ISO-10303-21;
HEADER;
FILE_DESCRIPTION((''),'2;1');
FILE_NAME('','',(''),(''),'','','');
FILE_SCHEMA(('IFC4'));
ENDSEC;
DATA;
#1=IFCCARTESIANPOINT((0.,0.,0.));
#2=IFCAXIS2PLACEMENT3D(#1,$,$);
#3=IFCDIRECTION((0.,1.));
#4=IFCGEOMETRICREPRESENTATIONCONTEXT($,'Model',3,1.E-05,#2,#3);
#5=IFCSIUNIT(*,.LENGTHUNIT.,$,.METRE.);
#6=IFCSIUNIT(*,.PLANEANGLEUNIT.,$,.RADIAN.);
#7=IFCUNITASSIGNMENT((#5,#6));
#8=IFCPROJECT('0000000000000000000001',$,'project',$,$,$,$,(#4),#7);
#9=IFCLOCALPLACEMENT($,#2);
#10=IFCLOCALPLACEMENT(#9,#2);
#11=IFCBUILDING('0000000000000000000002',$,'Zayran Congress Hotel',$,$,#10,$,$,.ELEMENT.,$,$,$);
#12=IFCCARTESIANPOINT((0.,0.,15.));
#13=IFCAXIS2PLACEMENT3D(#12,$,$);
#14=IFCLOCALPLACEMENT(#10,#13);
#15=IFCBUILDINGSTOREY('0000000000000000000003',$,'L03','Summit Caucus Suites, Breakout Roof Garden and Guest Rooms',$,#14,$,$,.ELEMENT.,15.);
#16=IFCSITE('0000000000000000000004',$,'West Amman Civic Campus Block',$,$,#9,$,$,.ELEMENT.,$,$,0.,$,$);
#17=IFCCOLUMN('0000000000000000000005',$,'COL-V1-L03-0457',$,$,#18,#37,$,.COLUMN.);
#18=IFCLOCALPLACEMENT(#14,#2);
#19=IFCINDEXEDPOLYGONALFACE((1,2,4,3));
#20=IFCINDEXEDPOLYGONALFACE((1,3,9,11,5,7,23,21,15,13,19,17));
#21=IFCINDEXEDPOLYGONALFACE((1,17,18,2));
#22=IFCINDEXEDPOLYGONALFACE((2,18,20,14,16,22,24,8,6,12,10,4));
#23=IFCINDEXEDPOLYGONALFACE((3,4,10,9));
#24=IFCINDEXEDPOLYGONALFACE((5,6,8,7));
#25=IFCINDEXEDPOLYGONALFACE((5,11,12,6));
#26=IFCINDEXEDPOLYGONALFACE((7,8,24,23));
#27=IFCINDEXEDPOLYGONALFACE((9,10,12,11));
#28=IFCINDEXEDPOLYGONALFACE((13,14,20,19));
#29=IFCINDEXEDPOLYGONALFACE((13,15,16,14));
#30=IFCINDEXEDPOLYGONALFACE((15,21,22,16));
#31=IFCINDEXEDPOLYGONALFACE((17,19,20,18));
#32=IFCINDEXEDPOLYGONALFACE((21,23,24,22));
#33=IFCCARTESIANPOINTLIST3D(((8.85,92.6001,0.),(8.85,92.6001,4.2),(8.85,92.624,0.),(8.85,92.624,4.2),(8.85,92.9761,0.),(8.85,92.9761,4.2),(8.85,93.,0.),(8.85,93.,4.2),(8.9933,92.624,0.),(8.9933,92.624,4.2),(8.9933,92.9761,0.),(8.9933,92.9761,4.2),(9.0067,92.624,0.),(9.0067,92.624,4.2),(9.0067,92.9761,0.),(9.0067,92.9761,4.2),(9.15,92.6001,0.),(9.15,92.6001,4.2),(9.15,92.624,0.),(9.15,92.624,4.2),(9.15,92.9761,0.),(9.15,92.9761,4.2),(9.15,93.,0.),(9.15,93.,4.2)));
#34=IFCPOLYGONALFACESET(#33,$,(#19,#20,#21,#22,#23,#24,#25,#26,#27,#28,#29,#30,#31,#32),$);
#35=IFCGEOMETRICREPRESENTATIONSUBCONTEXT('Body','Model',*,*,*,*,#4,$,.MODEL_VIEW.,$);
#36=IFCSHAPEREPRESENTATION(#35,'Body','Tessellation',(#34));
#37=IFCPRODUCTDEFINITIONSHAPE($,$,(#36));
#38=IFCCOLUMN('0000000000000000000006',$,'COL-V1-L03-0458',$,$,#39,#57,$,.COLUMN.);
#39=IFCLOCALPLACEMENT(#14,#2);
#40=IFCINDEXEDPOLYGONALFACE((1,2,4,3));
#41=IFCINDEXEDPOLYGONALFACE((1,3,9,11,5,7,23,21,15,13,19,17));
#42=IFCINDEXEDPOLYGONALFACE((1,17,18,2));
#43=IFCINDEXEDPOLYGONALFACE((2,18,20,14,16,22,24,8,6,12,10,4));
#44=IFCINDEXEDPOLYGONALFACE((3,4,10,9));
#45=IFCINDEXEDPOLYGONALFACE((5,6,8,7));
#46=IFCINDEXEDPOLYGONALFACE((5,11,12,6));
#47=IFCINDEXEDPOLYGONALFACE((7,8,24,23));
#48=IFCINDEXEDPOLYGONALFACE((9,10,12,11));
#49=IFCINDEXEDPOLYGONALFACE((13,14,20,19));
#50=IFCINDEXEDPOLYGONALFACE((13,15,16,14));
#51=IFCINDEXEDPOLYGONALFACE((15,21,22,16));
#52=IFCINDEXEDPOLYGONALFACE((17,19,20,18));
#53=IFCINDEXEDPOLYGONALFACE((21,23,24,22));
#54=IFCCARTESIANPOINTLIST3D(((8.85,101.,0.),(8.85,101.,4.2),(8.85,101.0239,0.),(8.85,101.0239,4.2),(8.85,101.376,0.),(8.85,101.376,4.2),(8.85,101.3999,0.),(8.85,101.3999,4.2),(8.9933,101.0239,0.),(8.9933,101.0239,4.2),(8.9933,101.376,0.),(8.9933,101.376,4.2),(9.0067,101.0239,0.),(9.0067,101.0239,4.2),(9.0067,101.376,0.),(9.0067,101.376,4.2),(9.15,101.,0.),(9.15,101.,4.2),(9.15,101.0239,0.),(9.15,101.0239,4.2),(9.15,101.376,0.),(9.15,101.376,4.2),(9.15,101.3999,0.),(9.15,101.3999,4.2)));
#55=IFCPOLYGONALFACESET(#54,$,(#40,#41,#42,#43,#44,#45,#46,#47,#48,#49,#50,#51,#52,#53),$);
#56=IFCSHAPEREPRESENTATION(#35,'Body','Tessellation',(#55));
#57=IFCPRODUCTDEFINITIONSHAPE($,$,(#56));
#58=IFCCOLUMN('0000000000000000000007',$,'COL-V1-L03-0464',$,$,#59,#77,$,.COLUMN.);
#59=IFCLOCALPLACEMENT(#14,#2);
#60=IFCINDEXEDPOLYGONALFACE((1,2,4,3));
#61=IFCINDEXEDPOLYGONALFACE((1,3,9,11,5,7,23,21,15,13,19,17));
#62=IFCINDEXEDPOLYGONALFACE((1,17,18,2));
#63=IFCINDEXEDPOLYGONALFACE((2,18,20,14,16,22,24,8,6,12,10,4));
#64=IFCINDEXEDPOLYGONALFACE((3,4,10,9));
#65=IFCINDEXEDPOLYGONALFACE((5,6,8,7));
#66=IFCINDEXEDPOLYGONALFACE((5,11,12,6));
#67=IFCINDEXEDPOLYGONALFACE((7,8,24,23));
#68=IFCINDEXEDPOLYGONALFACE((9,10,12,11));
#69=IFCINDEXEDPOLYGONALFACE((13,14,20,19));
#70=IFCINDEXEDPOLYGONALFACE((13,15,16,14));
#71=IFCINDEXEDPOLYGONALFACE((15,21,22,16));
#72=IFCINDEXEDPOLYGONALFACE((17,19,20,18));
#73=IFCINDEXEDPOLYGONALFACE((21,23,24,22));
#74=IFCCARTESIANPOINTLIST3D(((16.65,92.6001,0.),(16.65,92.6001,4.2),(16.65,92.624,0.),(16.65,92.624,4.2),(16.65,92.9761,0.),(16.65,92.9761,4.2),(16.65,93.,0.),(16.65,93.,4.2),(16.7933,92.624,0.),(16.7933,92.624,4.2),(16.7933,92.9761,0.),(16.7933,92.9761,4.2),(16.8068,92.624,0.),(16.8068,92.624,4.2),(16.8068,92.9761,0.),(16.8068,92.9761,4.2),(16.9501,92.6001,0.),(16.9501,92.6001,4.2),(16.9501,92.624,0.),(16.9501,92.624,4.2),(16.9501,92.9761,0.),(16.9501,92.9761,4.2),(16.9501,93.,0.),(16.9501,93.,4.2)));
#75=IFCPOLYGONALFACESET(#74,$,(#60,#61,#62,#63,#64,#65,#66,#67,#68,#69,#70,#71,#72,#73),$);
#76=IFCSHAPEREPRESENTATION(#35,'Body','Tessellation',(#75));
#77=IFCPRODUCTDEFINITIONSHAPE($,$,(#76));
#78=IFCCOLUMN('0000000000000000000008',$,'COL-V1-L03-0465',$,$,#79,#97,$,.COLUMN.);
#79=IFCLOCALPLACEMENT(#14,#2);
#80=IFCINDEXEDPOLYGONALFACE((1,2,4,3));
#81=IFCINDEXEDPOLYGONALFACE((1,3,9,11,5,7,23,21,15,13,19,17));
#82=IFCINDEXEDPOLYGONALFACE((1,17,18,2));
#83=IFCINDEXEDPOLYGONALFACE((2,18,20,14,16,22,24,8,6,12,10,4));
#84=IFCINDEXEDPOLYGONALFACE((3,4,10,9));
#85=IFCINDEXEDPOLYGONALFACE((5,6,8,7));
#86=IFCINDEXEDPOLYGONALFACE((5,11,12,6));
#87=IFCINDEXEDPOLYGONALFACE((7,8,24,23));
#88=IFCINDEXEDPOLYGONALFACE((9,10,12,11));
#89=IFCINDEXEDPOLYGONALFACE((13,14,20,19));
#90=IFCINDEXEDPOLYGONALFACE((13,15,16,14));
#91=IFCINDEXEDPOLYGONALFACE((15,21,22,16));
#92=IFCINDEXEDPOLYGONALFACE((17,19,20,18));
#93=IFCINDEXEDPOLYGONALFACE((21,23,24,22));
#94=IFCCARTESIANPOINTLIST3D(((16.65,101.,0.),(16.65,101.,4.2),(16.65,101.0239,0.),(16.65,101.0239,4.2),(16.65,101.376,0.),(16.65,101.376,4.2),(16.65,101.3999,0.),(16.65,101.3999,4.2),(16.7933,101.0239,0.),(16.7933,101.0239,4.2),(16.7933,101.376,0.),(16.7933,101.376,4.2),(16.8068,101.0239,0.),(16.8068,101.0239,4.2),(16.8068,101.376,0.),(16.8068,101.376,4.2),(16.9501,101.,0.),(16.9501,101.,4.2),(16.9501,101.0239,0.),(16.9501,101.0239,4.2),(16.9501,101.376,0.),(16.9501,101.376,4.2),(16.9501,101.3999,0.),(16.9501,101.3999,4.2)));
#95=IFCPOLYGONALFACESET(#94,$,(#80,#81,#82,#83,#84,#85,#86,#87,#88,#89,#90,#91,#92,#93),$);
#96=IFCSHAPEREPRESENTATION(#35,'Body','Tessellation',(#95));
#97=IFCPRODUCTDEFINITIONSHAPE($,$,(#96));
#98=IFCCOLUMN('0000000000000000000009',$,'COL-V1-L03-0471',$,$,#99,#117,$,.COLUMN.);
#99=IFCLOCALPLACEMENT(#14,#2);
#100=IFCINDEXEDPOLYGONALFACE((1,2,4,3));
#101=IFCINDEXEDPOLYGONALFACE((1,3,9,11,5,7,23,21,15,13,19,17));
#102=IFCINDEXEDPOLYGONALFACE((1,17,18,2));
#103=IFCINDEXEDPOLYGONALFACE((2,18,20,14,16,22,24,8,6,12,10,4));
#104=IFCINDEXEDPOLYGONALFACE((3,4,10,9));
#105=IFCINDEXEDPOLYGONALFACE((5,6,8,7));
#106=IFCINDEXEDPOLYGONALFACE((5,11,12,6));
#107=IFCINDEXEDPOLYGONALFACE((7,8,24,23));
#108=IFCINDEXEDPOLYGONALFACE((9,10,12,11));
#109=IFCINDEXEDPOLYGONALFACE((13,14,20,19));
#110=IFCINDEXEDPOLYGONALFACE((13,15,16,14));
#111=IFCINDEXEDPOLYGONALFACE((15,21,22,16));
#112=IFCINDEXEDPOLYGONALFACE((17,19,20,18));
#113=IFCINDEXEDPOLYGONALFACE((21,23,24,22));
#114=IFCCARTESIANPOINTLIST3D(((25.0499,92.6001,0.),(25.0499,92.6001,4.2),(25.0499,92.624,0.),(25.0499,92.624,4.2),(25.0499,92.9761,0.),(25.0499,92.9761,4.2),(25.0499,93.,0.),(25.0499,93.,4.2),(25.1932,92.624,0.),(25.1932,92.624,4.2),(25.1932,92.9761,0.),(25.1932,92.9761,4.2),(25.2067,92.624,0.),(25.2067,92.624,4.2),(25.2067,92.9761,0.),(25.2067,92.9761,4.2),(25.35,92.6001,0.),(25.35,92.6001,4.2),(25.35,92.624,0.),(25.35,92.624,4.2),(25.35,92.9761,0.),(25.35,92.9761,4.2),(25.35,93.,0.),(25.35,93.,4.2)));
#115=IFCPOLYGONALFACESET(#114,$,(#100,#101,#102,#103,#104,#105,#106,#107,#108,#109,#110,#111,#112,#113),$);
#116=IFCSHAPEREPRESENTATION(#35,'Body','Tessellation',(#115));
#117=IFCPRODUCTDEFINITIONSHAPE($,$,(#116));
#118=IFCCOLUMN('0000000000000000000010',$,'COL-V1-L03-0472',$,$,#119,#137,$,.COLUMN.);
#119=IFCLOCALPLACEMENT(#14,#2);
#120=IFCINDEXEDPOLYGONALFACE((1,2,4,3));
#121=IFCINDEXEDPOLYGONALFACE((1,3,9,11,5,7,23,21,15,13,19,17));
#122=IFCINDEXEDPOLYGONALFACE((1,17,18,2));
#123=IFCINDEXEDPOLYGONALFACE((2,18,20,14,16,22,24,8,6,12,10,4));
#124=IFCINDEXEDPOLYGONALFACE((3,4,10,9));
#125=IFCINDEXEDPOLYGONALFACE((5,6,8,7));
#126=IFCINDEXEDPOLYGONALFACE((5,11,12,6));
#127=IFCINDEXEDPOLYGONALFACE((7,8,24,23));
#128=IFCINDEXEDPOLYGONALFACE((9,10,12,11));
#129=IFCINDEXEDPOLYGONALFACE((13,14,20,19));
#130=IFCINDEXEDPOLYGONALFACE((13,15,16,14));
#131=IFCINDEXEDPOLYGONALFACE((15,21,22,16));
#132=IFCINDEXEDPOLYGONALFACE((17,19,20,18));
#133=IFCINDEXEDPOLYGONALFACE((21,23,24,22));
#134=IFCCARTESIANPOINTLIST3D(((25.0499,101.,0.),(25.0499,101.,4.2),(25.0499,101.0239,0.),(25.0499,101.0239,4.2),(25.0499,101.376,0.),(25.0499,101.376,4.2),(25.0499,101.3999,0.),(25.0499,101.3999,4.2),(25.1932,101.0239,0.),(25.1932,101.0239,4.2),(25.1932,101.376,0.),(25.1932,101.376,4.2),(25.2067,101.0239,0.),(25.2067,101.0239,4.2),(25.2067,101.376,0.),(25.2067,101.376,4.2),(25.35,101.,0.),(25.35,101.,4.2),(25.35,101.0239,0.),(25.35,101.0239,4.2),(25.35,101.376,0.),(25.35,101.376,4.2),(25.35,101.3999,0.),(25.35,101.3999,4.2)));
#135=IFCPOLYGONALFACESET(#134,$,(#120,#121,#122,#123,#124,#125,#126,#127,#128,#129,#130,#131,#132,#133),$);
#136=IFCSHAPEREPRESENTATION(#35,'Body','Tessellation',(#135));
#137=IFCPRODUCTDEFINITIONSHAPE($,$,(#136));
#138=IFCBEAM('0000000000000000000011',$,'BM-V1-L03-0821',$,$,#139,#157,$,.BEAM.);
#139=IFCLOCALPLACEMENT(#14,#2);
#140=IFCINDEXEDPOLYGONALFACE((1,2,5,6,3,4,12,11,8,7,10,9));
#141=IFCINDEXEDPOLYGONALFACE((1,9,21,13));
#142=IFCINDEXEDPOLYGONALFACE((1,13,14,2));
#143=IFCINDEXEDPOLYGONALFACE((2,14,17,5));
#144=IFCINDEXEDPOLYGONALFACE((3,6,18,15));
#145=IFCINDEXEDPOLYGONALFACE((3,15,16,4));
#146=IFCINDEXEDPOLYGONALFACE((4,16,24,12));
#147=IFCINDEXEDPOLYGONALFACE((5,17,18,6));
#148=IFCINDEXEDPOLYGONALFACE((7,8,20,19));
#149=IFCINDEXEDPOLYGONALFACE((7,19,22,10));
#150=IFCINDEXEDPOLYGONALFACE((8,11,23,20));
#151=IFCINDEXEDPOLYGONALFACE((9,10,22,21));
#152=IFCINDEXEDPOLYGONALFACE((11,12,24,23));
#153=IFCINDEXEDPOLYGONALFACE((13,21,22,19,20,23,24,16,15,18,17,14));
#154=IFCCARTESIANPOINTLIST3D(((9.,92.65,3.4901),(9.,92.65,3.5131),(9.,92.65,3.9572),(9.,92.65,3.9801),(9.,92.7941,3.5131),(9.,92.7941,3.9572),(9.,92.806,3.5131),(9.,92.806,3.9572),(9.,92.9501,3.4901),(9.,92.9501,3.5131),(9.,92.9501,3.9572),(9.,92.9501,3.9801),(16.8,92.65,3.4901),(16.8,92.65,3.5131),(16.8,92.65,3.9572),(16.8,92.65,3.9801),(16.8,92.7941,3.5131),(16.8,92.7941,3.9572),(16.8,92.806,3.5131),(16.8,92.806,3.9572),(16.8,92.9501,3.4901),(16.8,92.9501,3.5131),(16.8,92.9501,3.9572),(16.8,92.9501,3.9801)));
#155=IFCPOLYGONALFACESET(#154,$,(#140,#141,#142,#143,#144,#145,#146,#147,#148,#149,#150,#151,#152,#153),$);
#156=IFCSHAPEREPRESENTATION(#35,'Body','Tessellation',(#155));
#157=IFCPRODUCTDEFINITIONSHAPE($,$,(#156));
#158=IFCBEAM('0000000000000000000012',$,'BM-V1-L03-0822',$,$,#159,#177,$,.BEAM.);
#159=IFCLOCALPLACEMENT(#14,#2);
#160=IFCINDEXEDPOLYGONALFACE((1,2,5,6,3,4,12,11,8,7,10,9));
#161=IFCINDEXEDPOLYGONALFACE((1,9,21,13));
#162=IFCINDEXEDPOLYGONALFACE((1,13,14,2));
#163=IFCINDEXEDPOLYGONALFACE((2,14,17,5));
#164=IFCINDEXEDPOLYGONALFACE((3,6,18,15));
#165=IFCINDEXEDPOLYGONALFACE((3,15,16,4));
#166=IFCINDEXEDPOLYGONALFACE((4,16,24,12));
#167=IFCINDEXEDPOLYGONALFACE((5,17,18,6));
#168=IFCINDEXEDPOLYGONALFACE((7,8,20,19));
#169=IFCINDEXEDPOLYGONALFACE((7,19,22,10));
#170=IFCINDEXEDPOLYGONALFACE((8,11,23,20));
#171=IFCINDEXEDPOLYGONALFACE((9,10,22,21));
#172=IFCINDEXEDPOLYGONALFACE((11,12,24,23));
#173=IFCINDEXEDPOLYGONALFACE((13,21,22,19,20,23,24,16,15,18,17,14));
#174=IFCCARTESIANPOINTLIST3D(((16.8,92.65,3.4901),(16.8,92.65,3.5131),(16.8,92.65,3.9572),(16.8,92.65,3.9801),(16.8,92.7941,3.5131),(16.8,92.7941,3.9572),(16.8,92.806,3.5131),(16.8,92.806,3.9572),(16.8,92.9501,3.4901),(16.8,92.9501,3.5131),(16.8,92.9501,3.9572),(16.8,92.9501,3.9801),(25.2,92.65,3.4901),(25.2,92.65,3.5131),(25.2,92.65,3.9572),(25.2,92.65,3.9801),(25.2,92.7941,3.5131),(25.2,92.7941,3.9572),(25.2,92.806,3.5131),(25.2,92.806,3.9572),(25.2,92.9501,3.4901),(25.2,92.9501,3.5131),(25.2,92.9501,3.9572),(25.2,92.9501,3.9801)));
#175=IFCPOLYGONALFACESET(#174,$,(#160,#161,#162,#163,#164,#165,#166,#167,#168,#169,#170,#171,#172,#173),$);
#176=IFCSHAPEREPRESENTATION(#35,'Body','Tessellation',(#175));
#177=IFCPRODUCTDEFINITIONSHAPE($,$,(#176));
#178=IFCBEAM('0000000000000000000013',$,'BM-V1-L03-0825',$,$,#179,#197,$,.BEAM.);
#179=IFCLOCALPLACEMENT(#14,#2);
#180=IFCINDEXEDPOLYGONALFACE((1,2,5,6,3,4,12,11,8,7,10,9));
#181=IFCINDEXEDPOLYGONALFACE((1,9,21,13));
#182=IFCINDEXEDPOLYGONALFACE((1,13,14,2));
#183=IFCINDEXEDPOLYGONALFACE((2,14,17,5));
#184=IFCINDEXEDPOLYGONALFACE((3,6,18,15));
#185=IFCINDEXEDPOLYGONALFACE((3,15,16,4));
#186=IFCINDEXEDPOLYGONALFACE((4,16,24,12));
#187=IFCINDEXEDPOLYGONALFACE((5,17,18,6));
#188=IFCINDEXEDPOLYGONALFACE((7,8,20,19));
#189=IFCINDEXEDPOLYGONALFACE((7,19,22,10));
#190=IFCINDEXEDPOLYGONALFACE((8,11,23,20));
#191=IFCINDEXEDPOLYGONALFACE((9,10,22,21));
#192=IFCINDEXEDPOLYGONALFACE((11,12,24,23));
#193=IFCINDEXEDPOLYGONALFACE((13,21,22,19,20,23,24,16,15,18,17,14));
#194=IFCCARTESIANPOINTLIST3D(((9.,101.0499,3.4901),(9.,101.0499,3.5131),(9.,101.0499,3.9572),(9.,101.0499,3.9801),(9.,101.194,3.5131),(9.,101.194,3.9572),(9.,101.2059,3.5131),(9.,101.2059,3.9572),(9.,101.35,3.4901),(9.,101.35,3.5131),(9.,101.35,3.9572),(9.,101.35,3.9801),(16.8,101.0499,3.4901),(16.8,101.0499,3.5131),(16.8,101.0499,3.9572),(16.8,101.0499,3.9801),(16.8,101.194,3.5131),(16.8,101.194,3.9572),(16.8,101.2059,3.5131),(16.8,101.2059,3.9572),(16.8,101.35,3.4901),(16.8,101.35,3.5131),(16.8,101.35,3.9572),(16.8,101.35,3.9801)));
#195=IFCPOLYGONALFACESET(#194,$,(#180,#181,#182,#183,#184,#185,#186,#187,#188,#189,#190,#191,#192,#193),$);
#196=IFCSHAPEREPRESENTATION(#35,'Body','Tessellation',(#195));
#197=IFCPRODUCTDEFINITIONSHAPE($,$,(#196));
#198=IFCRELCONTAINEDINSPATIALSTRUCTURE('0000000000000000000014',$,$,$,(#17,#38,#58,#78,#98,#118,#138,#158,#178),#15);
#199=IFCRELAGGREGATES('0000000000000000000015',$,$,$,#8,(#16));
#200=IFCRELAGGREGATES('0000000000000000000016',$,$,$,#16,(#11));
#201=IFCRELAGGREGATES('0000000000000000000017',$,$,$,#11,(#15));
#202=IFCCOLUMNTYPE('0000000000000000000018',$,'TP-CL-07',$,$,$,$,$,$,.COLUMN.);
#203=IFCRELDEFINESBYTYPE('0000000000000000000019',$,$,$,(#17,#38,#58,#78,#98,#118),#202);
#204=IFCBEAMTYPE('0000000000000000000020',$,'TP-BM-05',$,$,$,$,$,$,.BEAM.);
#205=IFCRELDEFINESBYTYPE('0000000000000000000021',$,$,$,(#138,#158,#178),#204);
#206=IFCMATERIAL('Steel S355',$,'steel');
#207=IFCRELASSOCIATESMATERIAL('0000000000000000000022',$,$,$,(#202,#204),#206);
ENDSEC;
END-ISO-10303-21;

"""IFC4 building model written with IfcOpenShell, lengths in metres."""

from ifc_helpers import new_model, si_unit, direction, frame, origin, origin_2d, place, context, subcontext, project, spatial, i_section, extrude, material, material_profile, profile_set, type_object, element, save


model = new_model("IFC4")

# Units and contexts
model_context = context("Model", 3, precision=1e-05, world=origin(), true_north=direction((0.0, 1.0)))
body_context = subcontext(model_context, "Body", "Model", "MODEL_VIEW")
ifc_project = project(units=[si_unit("LENGTHUNIT", "METRE"), si_unit("PLANEANGLEUNIT", "RADIAN")], contexts=[model_context])

# Site, building, storey
site_placement = place(None, origin())
site = spatial("IfcSite", under=ifc_project, at=site_placement, Name="West Amman Civic Campus Block", CompositionType="ELEMENT", RefElevation=0.0)
building_placement = place(site_placement, origin())
building = spatial("IfcBuilding", under=site, at=building_placement, Name="Zayran Congress Hotel", CompositionType="ELEMENT")
storey_placement = place(building_placement, frame((0.0, 0.0, 15.0)))
storey = spatial("IfcBuildingStorey", under=building, at=storey_placement, Name="L03", Description="Summit Caucus Suites, Breakout Roof Garden and Guest Rooms", CompositionType="ELEMENT", Elevation=15.0)

# Columns
ifc_material_1 = material(Name="Steel S355", Category="steel")
ifc_material_profile_1 = material_profile(ifc_material_1, i_section(OverallWidth=0.3, OverallDepth=0.3999, WebThickness=0.0134, FlangeThickness=0.0239, at=origin_2d()), Name="HEB 400")
ifc_profile_set_1 = profile_set([ifc_material_profile_1], Name="Steel S355")
column_type = type_object("IfcColumnType", Name="TP-CL-07", PredefinedType="COLUMN", material=ifc_profile_set_1)
for number, where, z_axis, x_axis, name in (
    (1, (9.0, 92.8, 0.0), (0.0, 0.0, 1.0), (1.0, 0.0, 0.0), "COL-V1-L03-0457"),
    (2, (9.0, 101.2, 0.0), (0.0, 0.0, 1.0), (1.0, 0.0, 0.0), "COL-V1-L03-0458"),
    (3, (16.8, 92.8, 0.0), (0.0, 0.0, 1.0), (1.0, 0.0, 0.0), "COL-V1-L03-0464"),
    (4, (16.8, 101.2, 0.0), (0.0, 0.0, 1.0), (1.0, 0.0, 0.0), "COL-V1-L03-0465"),
    (5, (25.2, 92.8, 0.0), (0.0, 0.0, 1.0), (1.0, 0.0, 0.0), "COL-V1-L03-0471"),
    (6, (25.2, 101.2, 0.0), (0.0, 0.0, 1.0), (1.0, 0.0, 0.0), "COL-V1-L03-0472"),
):
    element("IfcColumn", number, at=place(storey_placement, frame(where, z_axis=z_axis, x_axis=x_axis)), inside=storey, type_object=column_type, Name=name, PredefinedType="COLUMN", context=body_context, shape_type="SweptSolid", body=[
        extrude(i_section(OverallWidth=0.3, OverallDepth=0.3999, WebThickness=0.0134, FlangeThickness=0.0239, at=origin_2d()), origin(), (0.0, 0.0, 1.0), 4.2),
    ])

# Beams
ifc_material_profile_2 = material_profile(ifc_material_1, i_section(OverallWidth=0.3, OverallDepth=0.49, WebThickness=0.012, FlangeThickness=0.0229, at=origin_2d()), Name="HEA 500")
ifc_profile_set_2 = profile_set([ifc_material_profile_2], Name="Steel S355")
beam_type_1 = type_object("IfcBeamType", Name="TP-BM-05", PredefinedType="BEAM", material=ifc_profile_set_2)
beam_1_placement = place(storey_placement, frame((9.0, 92.8, 3.7351), z_axis=(1.0, 0.0, 0.0), x_axis=(0.0, 1.0, 0.0)))
element("IfcBeam", 7, at=beam_1_placement, inside=storey, type_object=beam_type_1, Name="BM-V1-L03-0821", PredefinedType="BEAM", context=body_context, shape_type="SweptSolid", body=[
    extrude(i_section(OverallWidth=0.3, OverallDepth=0.49, WebThickness=0.012, FlangeThickness=0.0229, at=origin_2d()), origin(), (0.0, 0.0, 1.0), 7.8),
])
beam_2_placement = place(storey_placement, frame((16.8, 92.8, 3.7351), z_axis=(1.0, 0.0, 0.0), x_axis=(0.0, 1.0, 0.0)))
element("IfcBeam", 8, at=beam_2_placement, inside=storey, type_object=beam_type_1, Name="BM-V1-L03-0822", PredefinedType="BEAM", context=body_context, shape_type="SweptSolid", body=[
    extrude(i_section(OverallWidth=0.3, OverallDepth=0.49, WebThickness=0.012, FlangeThickness=0.0229, at=origin_2d()), origin(), (0.0, 0.0, 1.0), 8.3999),
])
beam_3_placement = place(storey_placement, frame((9.0, 101.2, 3.7351), z_axis=(1.0, 0.0, 0.0), x_axis=(0.0, 1.0, 0.0)))
element("IfcBeam", 9, at=beam_3_placement, inside=storey, type_object=beam_type_1, Name="BM-V1-L03-0825", PredefinedType="BEAM", context=body_context, shape_type="SweptSolid", body=[
    extrude(i_section(OverallWidth=0.3, OverallDepth=0.49, WebThickness=0.012, FlangeThickness=0.0229, at=origin_2d()), origin(), (0.0, 0.0, 1.0), 7.8),
])

save(model, "model.ifc")
